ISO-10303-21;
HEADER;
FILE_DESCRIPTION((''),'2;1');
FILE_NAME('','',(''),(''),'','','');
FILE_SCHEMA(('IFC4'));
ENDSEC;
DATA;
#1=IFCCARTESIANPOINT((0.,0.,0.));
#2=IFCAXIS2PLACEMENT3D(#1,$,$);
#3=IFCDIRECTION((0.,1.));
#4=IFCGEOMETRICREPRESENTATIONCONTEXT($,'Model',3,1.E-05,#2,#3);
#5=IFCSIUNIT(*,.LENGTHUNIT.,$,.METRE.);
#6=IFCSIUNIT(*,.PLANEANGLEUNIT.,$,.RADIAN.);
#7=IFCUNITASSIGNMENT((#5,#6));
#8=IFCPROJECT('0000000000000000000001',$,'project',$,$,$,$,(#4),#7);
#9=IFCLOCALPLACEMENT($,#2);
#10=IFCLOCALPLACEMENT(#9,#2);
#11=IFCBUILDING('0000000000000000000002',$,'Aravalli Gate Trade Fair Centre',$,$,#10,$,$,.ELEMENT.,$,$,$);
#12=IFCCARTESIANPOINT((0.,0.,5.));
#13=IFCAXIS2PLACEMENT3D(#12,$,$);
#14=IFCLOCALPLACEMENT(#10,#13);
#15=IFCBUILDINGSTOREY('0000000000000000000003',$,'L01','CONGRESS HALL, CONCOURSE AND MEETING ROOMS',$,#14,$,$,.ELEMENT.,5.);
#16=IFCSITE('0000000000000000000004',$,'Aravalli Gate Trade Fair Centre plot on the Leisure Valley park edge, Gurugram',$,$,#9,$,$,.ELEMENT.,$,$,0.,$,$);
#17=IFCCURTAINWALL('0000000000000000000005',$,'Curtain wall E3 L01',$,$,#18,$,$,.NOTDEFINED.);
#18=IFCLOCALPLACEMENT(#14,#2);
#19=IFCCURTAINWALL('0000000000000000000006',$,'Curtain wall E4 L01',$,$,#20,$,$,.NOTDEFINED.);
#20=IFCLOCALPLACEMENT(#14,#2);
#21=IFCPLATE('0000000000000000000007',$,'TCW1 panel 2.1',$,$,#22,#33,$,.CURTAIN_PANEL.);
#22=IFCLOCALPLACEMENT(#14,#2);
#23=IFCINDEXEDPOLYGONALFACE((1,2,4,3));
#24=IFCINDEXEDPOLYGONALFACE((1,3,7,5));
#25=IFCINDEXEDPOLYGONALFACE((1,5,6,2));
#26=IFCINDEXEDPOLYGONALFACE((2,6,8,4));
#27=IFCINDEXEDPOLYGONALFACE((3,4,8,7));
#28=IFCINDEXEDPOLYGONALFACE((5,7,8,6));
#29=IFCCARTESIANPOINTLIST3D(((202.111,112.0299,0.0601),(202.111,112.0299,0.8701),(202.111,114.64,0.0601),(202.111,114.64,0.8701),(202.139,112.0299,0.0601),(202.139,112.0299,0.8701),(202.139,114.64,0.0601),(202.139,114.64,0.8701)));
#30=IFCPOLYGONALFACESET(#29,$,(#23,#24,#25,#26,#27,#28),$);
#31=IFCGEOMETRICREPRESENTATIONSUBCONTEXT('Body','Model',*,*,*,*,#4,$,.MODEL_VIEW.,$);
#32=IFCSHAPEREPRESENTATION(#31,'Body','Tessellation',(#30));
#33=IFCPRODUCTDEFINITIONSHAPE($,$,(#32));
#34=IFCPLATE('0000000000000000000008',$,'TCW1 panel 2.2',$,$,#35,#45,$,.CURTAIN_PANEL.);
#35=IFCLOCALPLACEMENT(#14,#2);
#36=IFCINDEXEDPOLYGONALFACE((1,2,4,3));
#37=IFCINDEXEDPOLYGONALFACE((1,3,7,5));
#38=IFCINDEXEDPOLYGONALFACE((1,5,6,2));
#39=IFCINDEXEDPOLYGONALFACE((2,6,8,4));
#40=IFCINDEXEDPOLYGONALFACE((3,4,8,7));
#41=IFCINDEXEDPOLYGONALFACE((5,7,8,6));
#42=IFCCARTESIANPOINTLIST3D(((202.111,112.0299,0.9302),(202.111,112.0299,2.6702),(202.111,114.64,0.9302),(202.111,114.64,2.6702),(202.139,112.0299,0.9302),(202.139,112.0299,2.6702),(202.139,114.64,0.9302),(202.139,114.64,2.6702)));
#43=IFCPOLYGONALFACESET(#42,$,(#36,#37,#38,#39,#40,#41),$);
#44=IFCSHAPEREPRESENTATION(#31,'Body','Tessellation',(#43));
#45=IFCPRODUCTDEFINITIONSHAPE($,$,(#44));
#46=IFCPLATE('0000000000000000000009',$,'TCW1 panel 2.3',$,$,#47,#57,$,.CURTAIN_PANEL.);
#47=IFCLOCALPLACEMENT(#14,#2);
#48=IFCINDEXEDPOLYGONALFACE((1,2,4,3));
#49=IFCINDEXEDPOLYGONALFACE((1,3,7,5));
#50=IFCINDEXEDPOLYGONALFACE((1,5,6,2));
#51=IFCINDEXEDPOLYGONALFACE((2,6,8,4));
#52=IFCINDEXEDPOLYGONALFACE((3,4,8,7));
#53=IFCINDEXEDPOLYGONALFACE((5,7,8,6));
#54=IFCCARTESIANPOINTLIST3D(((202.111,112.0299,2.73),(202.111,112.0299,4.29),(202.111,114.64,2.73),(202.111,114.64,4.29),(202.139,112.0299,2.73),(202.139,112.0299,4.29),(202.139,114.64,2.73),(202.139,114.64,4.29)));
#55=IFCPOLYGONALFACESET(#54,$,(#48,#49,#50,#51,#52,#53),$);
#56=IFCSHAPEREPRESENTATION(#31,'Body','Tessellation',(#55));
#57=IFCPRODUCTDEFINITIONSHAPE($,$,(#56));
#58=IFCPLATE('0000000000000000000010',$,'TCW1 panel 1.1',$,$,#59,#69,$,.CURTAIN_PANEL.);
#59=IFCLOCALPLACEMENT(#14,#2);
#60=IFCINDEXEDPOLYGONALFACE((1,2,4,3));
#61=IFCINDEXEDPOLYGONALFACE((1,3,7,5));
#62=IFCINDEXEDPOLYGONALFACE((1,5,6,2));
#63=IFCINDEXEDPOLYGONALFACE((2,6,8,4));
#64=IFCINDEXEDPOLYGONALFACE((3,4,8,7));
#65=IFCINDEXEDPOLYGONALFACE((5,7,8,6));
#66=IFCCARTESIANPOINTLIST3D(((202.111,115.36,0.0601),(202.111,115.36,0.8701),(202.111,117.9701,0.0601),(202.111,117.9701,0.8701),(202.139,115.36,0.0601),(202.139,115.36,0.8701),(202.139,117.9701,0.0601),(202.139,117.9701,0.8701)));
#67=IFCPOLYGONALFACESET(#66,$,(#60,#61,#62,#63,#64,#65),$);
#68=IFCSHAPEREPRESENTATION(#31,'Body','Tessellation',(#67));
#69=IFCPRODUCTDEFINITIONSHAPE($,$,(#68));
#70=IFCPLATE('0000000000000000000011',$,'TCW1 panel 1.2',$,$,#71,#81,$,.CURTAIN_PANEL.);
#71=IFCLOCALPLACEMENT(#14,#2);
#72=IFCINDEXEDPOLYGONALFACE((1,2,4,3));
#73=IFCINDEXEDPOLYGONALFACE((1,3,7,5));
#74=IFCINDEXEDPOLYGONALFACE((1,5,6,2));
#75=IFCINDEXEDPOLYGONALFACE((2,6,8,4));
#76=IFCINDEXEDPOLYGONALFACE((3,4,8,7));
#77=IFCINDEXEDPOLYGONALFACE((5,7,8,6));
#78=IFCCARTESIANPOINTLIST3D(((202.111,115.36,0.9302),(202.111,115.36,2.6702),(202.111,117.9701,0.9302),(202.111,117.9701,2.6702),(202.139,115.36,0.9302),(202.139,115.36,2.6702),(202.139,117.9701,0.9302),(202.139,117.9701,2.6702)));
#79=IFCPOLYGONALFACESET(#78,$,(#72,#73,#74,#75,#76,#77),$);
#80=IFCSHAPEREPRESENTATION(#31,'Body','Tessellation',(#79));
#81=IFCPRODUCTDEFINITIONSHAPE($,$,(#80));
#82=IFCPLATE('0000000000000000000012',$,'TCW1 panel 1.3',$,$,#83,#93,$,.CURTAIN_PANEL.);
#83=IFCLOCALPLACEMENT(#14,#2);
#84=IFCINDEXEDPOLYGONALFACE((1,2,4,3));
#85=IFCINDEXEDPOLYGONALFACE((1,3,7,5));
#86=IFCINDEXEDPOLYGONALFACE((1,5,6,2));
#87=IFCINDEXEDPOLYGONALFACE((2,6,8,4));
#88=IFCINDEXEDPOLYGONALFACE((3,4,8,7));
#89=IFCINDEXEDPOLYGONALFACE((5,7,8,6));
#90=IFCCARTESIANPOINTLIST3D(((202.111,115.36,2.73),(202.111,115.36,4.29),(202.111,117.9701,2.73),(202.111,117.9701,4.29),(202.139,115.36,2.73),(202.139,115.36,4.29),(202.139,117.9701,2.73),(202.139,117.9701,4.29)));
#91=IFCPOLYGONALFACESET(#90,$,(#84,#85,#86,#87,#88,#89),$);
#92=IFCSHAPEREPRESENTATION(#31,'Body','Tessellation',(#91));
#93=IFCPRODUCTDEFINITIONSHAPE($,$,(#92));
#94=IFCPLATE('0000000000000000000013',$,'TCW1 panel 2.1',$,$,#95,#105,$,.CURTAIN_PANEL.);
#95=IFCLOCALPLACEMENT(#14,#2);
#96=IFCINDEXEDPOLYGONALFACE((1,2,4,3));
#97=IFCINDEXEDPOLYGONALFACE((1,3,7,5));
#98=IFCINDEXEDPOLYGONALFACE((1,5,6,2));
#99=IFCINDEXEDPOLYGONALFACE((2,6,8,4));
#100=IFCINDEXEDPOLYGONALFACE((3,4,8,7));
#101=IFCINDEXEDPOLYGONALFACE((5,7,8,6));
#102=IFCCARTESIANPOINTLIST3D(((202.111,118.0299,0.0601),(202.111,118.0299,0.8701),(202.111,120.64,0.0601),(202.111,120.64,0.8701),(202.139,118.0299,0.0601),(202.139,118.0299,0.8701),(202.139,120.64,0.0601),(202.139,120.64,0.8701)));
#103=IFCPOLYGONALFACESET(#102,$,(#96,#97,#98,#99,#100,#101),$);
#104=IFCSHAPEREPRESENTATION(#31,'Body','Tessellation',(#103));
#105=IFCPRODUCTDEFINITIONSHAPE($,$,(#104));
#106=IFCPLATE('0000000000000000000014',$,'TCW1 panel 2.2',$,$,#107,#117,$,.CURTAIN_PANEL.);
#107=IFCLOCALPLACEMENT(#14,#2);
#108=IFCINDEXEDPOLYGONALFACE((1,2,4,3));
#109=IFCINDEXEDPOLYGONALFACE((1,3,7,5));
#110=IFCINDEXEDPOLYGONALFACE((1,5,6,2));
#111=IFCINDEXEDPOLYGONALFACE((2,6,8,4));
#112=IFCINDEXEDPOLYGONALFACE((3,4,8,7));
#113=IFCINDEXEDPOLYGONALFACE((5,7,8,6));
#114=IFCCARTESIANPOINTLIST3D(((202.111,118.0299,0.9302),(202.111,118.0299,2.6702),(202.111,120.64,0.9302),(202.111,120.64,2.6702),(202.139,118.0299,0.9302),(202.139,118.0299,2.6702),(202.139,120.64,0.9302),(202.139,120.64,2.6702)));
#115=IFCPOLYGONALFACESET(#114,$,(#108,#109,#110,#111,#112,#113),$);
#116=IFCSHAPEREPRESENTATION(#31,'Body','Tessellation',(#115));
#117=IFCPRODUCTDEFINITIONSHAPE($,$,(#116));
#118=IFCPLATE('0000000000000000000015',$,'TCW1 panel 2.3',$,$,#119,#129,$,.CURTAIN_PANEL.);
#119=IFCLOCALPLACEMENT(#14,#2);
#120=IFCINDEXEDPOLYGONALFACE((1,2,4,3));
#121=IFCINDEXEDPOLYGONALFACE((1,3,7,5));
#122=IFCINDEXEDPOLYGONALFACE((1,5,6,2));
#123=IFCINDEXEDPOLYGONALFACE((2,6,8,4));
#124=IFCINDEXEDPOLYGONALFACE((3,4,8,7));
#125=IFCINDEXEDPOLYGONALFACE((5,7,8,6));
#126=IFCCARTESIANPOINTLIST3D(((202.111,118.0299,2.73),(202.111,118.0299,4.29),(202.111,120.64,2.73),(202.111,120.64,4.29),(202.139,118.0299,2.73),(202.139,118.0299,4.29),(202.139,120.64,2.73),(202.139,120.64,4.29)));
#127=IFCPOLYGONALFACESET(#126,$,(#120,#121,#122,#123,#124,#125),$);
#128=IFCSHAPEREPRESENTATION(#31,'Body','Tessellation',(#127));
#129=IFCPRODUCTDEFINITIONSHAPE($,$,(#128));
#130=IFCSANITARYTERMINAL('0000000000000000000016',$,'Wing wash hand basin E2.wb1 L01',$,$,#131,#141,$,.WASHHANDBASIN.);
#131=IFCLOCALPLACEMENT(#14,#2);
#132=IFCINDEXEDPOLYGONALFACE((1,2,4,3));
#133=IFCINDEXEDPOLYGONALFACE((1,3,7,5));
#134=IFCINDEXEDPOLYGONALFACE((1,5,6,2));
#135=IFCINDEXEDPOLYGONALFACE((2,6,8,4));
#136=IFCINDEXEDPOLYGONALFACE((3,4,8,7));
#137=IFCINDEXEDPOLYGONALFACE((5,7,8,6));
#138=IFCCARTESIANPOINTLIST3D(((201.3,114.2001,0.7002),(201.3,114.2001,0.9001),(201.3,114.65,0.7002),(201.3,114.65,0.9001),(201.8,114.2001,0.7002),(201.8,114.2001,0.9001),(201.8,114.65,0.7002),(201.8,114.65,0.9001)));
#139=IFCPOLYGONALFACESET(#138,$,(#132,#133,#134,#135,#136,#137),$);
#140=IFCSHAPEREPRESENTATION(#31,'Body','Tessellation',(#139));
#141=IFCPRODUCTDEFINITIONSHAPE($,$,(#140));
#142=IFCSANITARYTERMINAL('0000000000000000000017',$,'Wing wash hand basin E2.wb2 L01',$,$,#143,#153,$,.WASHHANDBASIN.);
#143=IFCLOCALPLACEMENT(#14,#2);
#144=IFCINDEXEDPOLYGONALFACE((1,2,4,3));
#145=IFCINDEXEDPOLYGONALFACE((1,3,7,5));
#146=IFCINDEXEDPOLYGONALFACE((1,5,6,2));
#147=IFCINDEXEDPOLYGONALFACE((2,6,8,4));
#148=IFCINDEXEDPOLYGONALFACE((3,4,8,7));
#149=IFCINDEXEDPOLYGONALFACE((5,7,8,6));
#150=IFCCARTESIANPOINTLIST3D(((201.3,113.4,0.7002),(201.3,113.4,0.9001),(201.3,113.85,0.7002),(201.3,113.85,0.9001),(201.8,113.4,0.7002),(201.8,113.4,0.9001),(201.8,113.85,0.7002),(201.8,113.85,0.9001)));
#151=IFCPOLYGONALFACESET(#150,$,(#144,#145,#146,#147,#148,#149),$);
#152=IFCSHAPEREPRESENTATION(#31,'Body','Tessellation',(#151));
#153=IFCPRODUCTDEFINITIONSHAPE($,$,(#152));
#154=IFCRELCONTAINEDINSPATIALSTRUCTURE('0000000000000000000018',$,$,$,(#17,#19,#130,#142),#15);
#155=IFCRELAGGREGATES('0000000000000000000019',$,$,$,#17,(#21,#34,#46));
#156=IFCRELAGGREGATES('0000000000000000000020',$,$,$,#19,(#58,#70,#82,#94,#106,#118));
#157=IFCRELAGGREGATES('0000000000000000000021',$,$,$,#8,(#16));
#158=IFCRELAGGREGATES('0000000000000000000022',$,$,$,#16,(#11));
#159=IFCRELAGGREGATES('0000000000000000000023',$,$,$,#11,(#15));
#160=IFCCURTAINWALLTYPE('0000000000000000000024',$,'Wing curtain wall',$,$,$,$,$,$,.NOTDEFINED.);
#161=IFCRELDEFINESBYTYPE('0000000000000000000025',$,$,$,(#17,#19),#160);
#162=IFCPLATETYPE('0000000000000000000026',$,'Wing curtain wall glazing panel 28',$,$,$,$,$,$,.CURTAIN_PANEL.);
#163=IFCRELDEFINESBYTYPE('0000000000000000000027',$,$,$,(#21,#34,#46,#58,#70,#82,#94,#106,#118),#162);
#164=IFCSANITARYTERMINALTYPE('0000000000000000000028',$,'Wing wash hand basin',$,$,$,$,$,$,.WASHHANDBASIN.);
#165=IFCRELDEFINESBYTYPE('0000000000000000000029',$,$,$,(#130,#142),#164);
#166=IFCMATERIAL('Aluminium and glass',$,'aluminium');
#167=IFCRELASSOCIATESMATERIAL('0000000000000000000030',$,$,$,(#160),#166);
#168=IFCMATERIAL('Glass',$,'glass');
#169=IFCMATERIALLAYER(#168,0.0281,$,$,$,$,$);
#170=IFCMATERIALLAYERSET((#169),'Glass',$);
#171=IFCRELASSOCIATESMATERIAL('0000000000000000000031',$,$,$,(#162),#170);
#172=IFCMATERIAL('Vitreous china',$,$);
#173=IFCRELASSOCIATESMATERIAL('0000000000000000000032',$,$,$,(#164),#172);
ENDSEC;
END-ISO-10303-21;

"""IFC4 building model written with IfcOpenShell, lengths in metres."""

from ifc_helpers import new_model, si_unit, direction, frame, origin, origin_2d, place, context, subcontext, project, spatial, rectangle, extrude, material, layer, layer_set, type_object, element, aggregate, save


model = new_model("IFC4")

# Units and contexts
model_context = context("Model", 3, precision=1e-05, world=origin(), true_north=direction((0.0, 1.0)))
body_context = subcontext(model_context, "Body", "Model", "MODEL_VIEW")
ifc_project = project(units=[si_unit("LENGTHUNIT", "METRE"), si_unit("PLANEANGLEUNIT", "RADIAN")], contexts=[model_context])

# Site, building, storey
site_placement = place(None, origin())
site = spatial("IfcSite", under=ifc_project, at=site_placement, Name="Aravalli Gate Trade Fair Centre plot on the Leisure Valley park edge, Gurugram", CompositionType="ELEMENT", RefElevation=0.0)
building_placement = place(site_placement, origin())
building = spatial("IfcBuilding", under=site, at=building_placement, Name="Aravalli Gate Trade Fair Centre", CompositionType="ELEMENT")
storey_placement = place(building_placement, frame((0.0, 0.0, 5.0)))
storey = spatial("IfcBuildingStorey", under=building, at=storey_placement, Name="L01", Description="CONGRESS HALL, CONCOURSE AND MEETING ROOMS", CompositionType="ELEMENT", Elevation=5.0)

# Curtain walls
ifc_material_1 = material(Name="Aluminium and glass", Category="aluminium")
curtain_wall_type = type_object("IfcCurtainWallType", Name="Wing curtain wall", PredefinedType="NOTDEFINED", material=ifc_material_1)
curtain_wall_1_placement = place(storey_placement, origin())
curtain_wall_1 = element("IfcCurtainWall", 1, at=curtain_wall_1_placement, inside=storey, type_object=curtain_wall_type, Name="Curtain wall E3 L01", PredefinedType="NOTDEFINED")
curtain_wall_2_placement = place(storey_placement, origin())
curtain_wall_2 = element("IfcCurtainWall", 2, at=curtain_wall_2_placement, inside=storey, type_object=curtain_wall_type, Name="Curtain wall E4 L01", PredefinedType="NOTDEFINED")

# Plates
ifc_material_2 = material(Name="Glass", Category="glass")
ifc_layer = layer(ifc_material_2, 0.0281)
ifc_layer_set = layer_set([ifc_layer], Name="Glass")
plate_type = type_object("IfcPlateType", Name="Wing curtain wall glazing panel 28", PredefinedType="CURTAIN_PANEL", material=ifc_layer_set)
plate_1_placement = place(storey_placement, frame((202.125, 113.335, 0.0601), z_axis=(0.0, 0.0, 1.0), x_axis=(0.0, 1.0, 0.0)))
plate_1 = element("IfcPlate", 3, at=plate_1_placement, type_object=plate_type, Name="TCW1 panel 2.1", PredefinedType="CURTAIN_PANEL", context=body_context, shape_type="SweptSolid", body=[
    extrude(rectangle(XDim=2.6101, YDim=0.0281, at=origin_2d()), origin(), (0.0, 0.0, 1.0), 0.8101),
])
plate_2_placement = place(storey_placement, frame((202.125, 113.335, 0.9302), z_axis=(0.0, 0.0, 1.0), x_axis=(0.0, 1.0, 0.0)))
plate_2 = element("IfcPlate", 4, at=plate_2_placement, type_object=plate_type, Name="TCW1 panel 2.2", PredefinedType="CURTAIN_PANEL", context=body_context, shape_type="SweptSolid", body=[
    extrude(rectangle(XDim=2.6101, YDim=0.0281, at=origin_2d()), origin(), (0.0, 0.0, 1.0), 1.74),
])
plate_3_placement = place(storey_placement, frame((202.125, 113.335, 2.73), z_axis=(0.0, 0.0, 1.0), x_axis=(0.0, 1.0, 0.0)))
plate_3 = element("IfcPlate", 5, at=plate_3_placement, type_object=plate_type, Name="TCW1 panel 2.3", PredefinedType="CURTAIN_PANEL", context=body_context, shape_type="SweptSolid", body=[
    extrude(rectangle(XDim=2.6101, YDim=0.0281, at=origin_2d()), origin(), (0.0, 0.0, 1.0), 1.5601),
])
aggregate(curtain_wall_1, [plate_1, plate_2, plate_3])
plate_4_placement = place(storey_placement, frame((202.125, 116.665, 0.0601), z_axis=(0.0, 0.0, 1.0), x_axis=(0.0, 1.0, 0.0)))
plate_4 = element("IfcPlate", 6, at=plate_4_placement, type_object=plate_type, Name="TCW1 panel 1.1", PredefinedType="CURTAIN_PANEL", context=body_context, shape_type="SweptSolid", body=[
    extrude(rectangle(XDim=2.6101, YDim=0.0281, at=origin_2d()), origin(), (0.0, 0.0, 1.0), 0.8101),
])
plate_5_placement = place(storey_placement, frame((202.125, 116.665, 0.9302), z_axis=(0.0, 0.0, 1.0), x_axis=(0.0, 1.0, 0.0)))
plate_5 = element("IfcPlate", 7, at=plate_5_placement, type_object=plate_type, Name="TCW1 panel 1.2", PredefinedType="CURTAIN_PANEL", context=body_context, shape_type="SweptSolid", body=[
    extrude(rectangle(XDim=2.6101, YDim=0.0281, at=origin_2d()), origin(), (0.0, 0.0, 1.0), 1.74),
])
plate_6_placement = place(storey_placement, frame((202.125, 116.665, 2.73), z_axis=(0.0, 0.0, 1.0), x_axis=(0.0, 1.0, 0.0)))
plate_6 = element("IfcPlate", 8, at=plate_6_placement, type_object=plate_type, Name="TCW1 panel 1.3", PredefinedType="CURTAIN_PANEL", context=body_context, shape_type="SweptSolid", body=[
    extrude(rectangle(XDim=2.6101, YDim=0.0281, at=origin_2d()), origin(), (0.0, 0.0, 1.0), 1.5601),
])
plate_7_placement = place(storey_placement, frame((202.125, 119.335, 0.0601), z_axis=(0.0, 0.0, 1.0), x_axis=(0.0, 1.0, 0.0)))
plate_7 = element("IfcPlate", 9, at=plate_7_placement, type_object=plate_type, Name="TCW1 panel 2.1", PredefinedType="CURTAIN_PANEL", context=body_context, shape_type="SweptSolid", body=[
    extrude(rectangle(XDim=2.6101, YDim=0.0281, at=origin_2d()), origin(), (0.0, 0.0, 1.0), 0.8101),
])
plate_8_placement = place(storey_placement, frame((202.125, 119.335, 0.9302), z_axis=(0.0, 0.0, 1.0), x_axis=(0.0, 1.0, 0.0)))
plate_8 = element("IfcPlate", 10, at=plate_8_placement, type_object=plate_type, Name="TCW1 panel 2.2", PredefinedType="CURTAIN_PANEL", context=body_context, shape_type="SweptSolid", body=[
    extrude(rectangle(XDim=2.6101, YDim=0.0281, at=origin_2d()), origin(), (0.0, 0.0, 1.0), 1.74),
])
plate_9_placement = place(storey_placement, frame((202.125, 119.335, 2.73), z_axis=(0.0, 0.0, 1.0), x_axis=(0.0, 1.0, 0.0)))
plate_9 = element("IfcPlate", 11, at=plate_9_placement, type_object=plate_type, Name="TCW1 panel 2.3", PredefinedType="CURTAIN_PANEL", context=body_context, shape_type="SweptSolid", body=[
    extrude(rectangle(XDim=2.6101, YDim=0.0281, at=origin_2d()), origin(), (0.0, 0.0, 1.0), 1.5601),
])
aggregate(curtain_wall_2, [plate_4, plate_5, plate_6, plate_7, plate_8, plate_9])

# Sanitary terminals
ifc_material_3 = material(Name="Vitreous china")
sanitary_terminal_type = type_object("IfcSanitaryTerminalType", Name="Wing wash hand basin", PredefinedType="WASHHANDBASIN", material=ifc_material_3)
for number, where, z_axis, x_axis, name in (
    (12, (201.55, 114.425, 0.7002), (0.0, 0.0, 1.0), (1.0, 0.0, 0.0), "Wing wash hand basin E2.wb1 L01"),
    (13, (201.55, 113.625, 0.7002), (0.0, 0.0, 1.0), (1.0, 0.0, 0.0), "Wing wash hand basin E2.wb2 L01"),
):
    element("IfcSanitaryTerminal", number, at=place(storey_placement, frame(where, z_axis=z_axis, x_axis=x_axis)), inside=storey, type_object=sanitary_terminal_type, Name=name, PredefinedType="WASHHANDBASIN", context=body_context, shape_type="SweptSolid", body=[
        extrude(rectangle(XDim=0.5, YDim=0.45, at=origin_2d()), origin(), (0.0, 0.0, 1.0), 0.2),
    ])

save(model, "model.ifc")
